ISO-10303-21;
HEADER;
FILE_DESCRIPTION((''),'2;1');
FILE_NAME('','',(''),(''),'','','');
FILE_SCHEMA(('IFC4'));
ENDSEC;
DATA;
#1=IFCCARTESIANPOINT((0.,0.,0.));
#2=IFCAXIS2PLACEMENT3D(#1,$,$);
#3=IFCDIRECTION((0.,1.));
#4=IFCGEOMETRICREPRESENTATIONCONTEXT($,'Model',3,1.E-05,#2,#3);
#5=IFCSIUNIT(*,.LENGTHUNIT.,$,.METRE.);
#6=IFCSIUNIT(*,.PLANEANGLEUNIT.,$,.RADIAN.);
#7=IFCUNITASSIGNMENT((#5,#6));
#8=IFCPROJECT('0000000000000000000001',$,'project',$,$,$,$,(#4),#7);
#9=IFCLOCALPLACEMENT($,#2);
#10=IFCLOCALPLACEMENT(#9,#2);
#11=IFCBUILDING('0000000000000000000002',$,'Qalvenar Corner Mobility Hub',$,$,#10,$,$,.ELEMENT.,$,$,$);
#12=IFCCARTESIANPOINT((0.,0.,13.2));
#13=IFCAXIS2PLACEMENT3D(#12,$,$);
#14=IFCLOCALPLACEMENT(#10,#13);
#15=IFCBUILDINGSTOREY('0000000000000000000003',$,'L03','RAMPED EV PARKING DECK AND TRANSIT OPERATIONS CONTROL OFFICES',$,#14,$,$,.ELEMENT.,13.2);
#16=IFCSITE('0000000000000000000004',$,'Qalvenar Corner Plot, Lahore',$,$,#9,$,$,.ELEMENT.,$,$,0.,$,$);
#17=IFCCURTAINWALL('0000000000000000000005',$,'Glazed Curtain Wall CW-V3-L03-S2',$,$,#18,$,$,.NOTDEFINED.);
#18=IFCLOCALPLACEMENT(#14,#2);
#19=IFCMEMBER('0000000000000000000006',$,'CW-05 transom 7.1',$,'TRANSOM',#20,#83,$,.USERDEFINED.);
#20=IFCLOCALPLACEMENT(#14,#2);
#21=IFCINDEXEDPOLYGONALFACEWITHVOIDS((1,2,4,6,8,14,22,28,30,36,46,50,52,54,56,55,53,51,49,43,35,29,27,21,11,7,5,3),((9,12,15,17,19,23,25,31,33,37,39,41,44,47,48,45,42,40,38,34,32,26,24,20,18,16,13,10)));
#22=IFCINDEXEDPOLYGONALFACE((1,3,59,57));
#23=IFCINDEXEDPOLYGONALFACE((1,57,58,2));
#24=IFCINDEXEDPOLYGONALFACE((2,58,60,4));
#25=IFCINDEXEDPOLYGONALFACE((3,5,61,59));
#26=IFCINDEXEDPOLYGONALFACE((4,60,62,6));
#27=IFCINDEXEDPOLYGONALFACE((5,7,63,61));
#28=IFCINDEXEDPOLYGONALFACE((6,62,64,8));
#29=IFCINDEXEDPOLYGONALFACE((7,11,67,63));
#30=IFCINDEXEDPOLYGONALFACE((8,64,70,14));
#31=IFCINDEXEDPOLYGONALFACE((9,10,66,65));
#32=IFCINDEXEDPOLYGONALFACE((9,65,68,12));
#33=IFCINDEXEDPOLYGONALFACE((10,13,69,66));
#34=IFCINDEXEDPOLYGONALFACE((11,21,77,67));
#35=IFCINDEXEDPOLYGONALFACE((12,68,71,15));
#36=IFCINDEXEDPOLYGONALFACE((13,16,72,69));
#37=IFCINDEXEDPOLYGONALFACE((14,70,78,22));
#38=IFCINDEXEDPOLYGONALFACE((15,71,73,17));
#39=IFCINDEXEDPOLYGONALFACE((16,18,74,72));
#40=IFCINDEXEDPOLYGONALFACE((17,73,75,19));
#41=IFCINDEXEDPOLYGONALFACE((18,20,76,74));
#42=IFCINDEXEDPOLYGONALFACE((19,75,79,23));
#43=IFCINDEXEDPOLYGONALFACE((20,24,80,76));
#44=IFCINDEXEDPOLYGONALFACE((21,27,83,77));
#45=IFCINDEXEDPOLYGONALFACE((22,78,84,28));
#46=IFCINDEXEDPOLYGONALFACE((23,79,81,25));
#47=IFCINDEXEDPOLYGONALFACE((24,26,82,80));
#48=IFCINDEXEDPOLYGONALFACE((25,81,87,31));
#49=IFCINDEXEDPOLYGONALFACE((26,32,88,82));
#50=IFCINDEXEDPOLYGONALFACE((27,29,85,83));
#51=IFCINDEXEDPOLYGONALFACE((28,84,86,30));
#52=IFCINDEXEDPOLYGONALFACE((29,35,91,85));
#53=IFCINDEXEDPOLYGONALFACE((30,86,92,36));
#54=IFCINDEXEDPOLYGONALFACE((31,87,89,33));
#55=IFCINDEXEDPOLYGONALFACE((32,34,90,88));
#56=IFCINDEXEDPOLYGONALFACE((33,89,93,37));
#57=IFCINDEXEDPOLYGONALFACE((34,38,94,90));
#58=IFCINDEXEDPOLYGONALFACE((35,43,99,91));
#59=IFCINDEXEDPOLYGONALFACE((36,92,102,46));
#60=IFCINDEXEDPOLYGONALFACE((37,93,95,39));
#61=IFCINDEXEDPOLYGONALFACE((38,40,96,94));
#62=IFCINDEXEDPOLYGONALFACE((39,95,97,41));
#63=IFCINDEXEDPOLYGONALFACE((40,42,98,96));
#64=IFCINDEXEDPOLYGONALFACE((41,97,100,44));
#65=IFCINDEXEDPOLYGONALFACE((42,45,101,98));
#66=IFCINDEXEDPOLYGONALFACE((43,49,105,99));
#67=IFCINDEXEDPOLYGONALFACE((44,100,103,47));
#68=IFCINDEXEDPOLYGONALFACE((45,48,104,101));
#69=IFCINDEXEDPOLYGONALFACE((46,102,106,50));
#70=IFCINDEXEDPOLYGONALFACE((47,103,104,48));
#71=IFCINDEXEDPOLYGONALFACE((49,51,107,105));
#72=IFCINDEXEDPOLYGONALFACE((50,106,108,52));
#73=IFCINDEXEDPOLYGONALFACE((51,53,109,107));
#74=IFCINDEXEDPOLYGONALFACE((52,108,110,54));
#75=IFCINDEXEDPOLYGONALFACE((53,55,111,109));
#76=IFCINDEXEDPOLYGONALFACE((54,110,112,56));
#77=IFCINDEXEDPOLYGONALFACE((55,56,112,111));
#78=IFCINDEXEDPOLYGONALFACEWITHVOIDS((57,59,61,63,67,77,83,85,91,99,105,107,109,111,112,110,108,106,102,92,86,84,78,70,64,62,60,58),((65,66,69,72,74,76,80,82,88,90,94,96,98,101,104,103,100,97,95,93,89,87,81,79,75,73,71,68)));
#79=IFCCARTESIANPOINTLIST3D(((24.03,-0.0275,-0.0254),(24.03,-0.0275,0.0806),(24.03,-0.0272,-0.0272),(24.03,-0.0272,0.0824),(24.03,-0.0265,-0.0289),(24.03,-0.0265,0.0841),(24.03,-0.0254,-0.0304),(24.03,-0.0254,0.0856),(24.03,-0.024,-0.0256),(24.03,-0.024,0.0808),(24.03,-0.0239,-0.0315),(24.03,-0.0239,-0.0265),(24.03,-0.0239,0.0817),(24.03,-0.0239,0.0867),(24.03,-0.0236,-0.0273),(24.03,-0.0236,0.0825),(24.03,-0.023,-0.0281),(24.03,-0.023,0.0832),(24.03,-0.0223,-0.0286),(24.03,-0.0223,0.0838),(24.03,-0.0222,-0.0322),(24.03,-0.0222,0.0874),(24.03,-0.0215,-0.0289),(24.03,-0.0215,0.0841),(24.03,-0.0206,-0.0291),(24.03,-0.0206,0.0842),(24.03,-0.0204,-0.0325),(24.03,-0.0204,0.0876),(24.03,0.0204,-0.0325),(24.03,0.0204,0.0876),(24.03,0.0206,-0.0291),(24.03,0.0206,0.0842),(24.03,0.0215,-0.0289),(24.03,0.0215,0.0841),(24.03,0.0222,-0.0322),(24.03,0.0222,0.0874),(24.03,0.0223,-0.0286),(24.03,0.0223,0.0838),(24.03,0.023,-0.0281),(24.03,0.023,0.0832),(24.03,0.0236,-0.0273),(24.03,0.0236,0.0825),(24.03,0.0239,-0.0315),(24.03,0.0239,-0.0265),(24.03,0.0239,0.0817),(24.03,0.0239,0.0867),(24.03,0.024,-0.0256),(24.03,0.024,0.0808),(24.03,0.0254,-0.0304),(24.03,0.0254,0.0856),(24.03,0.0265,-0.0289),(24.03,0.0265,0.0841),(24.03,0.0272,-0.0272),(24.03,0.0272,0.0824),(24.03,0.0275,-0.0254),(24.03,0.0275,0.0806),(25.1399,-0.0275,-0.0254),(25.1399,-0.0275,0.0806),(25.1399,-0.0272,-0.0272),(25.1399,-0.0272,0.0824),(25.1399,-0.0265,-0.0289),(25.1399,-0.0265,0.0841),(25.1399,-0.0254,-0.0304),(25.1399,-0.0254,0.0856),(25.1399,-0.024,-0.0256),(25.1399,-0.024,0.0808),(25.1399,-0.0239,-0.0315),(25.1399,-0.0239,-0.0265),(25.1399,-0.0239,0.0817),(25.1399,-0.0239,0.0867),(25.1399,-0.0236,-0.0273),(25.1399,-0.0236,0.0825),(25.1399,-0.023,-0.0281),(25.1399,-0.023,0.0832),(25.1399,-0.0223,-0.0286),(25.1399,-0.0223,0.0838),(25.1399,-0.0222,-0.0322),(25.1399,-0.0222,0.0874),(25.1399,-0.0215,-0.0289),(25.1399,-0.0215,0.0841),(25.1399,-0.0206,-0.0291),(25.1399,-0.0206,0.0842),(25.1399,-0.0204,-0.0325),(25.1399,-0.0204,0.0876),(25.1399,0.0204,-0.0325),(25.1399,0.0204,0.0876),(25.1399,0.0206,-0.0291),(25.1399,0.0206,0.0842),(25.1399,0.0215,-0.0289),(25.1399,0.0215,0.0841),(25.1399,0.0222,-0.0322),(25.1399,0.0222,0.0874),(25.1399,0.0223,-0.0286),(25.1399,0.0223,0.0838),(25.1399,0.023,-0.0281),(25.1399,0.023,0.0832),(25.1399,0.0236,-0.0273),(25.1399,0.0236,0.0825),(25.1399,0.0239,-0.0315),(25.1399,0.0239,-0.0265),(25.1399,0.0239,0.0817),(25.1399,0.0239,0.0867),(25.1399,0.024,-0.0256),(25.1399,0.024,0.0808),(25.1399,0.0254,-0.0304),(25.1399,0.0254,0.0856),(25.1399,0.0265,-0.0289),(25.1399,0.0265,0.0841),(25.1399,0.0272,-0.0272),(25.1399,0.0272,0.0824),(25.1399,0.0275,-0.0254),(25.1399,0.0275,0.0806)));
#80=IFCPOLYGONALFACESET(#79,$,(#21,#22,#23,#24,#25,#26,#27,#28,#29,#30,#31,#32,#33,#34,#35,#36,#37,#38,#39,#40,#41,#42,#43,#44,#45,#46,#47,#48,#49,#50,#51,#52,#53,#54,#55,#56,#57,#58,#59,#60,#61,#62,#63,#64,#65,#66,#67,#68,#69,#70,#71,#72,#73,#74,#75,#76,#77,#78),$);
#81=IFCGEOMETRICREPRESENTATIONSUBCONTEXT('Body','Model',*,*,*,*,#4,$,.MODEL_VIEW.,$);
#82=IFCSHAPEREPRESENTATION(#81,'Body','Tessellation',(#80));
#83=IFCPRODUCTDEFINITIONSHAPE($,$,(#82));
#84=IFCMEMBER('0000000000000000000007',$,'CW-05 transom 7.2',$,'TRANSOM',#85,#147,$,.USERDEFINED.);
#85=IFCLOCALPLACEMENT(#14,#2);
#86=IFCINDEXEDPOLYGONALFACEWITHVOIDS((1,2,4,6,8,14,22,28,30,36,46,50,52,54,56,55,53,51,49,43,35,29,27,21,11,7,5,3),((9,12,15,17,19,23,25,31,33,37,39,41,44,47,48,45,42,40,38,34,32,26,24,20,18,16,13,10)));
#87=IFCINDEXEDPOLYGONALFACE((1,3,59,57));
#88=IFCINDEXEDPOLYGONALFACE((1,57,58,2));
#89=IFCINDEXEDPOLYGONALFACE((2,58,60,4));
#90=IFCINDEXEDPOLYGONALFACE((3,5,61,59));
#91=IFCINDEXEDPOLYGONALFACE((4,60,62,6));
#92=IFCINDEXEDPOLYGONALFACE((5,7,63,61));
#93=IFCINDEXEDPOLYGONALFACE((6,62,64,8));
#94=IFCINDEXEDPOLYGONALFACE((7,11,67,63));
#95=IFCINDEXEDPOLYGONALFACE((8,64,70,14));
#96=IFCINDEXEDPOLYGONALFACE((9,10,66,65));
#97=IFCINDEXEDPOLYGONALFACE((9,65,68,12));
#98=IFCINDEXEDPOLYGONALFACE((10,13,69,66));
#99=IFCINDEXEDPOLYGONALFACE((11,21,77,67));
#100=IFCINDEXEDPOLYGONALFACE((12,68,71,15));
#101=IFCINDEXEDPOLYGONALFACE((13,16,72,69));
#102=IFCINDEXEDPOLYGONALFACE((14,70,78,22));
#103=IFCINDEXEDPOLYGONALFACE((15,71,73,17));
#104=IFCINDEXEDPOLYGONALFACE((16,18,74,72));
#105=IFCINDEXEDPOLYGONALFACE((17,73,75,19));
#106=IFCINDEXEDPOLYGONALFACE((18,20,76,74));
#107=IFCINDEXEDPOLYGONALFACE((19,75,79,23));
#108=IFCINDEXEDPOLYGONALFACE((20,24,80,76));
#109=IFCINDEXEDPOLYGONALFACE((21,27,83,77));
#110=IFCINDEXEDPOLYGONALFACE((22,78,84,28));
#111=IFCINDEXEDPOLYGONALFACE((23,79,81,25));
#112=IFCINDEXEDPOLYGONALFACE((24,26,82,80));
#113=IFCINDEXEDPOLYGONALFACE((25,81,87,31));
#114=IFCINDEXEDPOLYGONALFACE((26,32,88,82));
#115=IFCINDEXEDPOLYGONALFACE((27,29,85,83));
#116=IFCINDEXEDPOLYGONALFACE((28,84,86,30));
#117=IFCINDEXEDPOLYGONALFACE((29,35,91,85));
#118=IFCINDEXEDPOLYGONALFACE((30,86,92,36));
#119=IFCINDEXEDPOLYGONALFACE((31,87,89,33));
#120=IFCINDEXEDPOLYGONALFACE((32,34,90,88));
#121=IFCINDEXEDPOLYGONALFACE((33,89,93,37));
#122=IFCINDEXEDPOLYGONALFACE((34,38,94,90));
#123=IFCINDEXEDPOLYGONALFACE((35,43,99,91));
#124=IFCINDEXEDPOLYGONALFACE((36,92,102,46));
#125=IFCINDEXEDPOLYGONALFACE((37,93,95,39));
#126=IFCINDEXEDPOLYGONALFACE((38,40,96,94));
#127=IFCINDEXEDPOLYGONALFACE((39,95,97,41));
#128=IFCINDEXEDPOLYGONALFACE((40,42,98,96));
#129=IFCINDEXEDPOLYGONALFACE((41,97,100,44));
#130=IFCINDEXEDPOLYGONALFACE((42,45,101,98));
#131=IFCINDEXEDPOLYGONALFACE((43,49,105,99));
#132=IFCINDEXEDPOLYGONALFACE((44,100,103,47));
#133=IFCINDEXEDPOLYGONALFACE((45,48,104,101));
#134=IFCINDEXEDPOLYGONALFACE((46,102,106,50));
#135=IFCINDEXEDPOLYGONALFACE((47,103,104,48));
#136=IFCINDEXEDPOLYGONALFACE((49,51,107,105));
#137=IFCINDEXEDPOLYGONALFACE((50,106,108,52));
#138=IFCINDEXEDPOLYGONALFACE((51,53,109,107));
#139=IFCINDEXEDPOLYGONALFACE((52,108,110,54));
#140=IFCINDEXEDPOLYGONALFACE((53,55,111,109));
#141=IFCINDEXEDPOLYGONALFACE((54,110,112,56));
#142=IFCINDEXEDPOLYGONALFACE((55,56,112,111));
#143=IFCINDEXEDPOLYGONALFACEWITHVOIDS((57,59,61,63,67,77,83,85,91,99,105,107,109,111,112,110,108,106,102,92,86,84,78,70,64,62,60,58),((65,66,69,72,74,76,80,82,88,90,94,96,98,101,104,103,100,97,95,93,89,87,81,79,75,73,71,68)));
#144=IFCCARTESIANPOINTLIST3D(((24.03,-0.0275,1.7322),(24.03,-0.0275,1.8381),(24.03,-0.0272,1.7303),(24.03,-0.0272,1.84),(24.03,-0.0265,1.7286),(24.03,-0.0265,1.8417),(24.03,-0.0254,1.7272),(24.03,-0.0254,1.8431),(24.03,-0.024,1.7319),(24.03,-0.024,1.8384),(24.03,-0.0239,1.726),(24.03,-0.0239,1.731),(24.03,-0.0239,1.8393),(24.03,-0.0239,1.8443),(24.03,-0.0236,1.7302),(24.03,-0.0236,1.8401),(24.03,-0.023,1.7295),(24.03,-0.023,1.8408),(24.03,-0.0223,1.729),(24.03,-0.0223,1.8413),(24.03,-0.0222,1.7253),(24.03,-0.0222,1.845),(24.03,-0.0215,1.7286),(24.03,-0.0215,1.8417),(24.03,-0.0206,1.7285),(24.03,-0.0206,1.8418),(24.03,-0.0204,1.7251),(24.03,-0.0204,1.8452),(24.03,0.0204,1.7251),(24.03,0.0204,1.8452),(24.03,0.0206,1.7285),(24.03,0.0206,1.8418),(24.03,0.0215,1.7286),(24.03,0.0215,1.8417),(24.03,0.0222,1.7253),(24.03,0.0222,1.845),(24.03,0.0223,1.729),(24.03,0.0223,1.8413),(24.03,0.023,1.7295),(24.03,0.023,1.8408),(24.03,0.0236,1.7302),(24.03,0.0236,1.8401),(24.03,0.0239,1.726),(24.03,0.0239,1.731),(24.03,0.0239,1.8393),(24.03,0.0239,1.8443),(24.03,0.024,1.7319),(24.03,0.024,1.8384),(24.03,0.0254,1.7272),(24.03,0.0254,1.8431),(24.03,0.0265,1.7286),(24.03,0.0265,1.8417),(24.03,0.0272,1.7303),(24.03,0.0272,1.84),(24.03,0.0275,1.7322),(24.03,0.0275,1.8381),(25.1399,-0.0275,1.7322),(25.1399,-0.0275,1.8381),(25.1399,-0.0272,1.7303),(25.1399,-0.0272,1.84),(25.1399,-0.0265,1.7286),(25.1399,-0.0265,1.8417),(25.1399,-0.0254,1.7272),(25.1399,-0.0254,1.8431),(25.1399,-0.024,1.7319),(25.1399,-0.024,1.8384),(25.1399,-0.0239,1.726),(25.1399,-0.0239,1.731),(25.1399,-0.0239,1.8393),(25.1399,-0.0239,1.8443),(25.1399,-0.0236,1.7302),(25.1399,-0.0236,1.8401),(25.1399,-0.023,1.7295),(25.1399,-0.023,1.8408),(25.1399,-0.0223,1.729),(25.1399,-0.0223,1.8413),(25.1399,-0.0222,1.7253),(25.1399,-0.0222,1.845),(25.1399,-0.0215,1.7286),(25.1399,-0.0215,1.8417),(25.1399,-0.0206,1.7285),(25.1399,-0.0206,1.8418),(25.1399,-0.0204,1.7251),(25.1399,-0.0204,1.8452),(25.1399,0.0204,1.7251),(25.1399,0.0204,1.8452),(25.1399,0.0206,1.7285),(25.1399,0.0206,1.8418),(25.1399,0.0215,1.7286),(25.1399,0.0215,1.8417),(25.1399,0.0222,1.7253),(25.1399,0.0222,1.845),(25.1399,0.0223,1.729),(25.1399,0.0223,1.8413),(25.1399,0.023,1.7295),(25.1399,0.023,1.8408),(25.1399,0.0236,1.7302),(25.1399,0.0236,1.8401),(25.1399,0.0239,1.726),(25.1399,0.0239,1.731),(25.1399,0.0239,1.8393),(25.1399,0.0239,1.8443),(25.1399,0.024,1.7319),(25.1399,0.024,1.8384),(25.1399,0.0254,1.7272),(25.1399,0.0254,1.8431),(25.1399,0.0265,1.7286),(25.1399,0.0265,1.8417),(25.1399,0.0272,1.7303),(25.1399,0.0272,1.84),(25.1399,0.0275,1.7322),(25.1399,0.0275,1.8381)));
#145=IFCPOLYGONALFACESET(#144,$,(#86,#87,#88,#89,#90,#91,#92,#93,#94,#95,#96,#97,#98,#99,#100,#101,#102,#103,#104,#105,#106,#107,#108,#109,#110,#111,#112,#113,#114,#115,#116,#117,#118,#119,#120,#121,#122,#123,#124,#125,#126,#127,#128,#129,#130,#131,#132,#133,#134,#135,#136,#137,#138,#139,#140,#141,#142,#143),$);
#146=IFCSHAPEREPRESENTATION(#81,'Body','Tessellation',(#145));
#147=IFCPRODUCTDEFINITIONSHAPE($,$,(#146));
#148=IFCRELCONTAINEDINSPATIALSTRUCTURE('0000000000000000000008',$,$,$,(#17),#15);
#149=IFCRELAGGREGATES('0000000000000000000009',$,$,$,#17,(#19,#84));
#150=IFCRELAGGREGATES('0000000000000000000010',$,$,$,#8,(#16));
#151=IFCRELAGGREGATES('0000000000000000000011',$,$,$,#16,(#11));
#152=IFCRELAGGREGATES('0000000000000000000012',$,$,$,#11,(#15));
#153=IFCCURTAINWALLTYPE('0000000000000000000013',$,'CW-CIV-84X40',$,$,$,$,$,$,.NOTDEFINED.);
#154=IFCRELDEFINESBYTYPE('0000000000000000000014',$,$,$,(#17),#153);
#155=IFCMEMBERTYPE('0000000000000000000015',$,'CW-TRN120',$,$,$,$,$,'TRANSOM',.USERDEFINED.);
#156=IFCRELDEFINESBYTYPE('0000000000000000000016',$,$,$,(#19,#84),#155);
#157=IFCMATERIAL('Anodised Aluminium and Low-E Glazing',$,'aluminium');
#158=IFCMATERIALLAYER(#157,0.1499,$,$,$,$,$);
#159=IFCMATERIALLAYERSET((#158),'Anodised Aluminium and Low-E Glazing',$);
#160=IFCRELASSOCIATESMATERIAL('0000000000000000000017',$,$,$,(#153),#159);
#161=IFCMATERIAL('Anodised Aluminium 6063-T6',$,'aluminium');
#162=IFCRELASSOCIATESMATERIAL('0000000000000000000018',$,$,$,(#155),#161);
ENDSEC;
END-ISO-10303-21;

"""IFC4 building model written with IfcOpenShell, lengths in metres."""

from ifc_helpers import new_model, si_unit, direction, frame, origin, origin_2d, place, context, subcontext, project, spatial, hollow_rectangle, extrude, material, layer, layer_set, material_profile, profile_set, type_object, element, aggregate, save


model = new_model("IFC4")

# Units and contexts
model_context = context("Model", 3, precision=1e-05, world=origin(), true_north=direction((0.0, 1.0)))
body_context = subcontext(model_context, "Body", "Model", "MODEL_VIEW")
ifc_project = project(units=[si_unit("LENGTHUNIT", "METRE"), si_unit("PLANEANGLEUNIT", "RADIAN")], contexts=[model_context])

# Site, building, storey
site_placement = place(None, origin())
site = spatial("IfcSite", under=ifc_project, at=site_placement, Name="Qalvenar Corner Plot, Lahore", CompositionType="ELEMENT", RefElevation=0.0)
building_placement = place(site_placement, origin())
building = spatial("IfcBuilding", under=site, at=building_placement, Name="Qalvenar Corner Mobility Hub", CompositionType="ELEMENT")
storey_placement = place(building_placement, frame((0.0, 0.0, 13.2)))
storey = spatial("IfcBuildingStorey", under=building, at=storey_placement, Name="L03", Description="RAMPED EV PARKING DECK AND TRANSIT OPERATIONS CONTROL OFFICES", CompositionType="ELEMENT", Elevation=13.2)

# Curtain wall
ifc_material_1 = material(Name="Anodised Aluminium and Low-E Glazing", Category="aluminium")
ifc_layer_1 = layer(ifc_material_1, 0.1499)
ifc_layer_set_1 = layer_set([ifc_layer_1], Name="Anodised Aluminium and Low-E Glazing")
curtain_wall_type = type_object("IfcCurtainWallType", Name="CW-CIV-84X40", PredefinedType="NOTDEFINED", material=ifc_layer_set_1)
curtain_wall_1_placement = place(storey_placement, origin())
curtain_wall_1 = element("IfcCurtainWall", 1, at=curtain_wall_1_placement, inside=storey, type_object=curtain_wall_type, Name="Glazed Curtain Wall CW-V3-L03-S2", PredefinedType="NOTDEFINED")
ifc_material_2 = material(Name="Anodised Aluminium 6063-T6", Category="aluminium")

# Members
ifc_material_profile_1 = material_profile(ifc_material_2, hollow_rectangle(XDim=0.0549, YDim=0.1201, WallThickness=0.0034, InnerFilletRadius=0.0034, OuterFilletRadius=0.0071, at=origin_2d()), Name="RHS120x55x3.5")
ifc_profile_set_1 = profile_set([ifc_material_profile_1], Name="Anodised Aluminium 6063-T6")
member_type_1 = type_object("IfcMemberType", Name="CW-TRN120", ElementType="TRANSOM", PredefinedType="USERDEFINED", material=ifc_profile_set_1)
member_1_placement = place(storey_placement, frame((24.03, 0.0, 0.0276), z_axis=(1.0, 0.0, 0.0), x_axis=(0.0, 1.0, 0.0)))
member_1 = element("IfcMember", 2, at=member_1_placement, type_object=member_type_1, Name="CW-05 transom 7.1", ObjectType="TRANSOM", PredefinedType="USERDEFINED", context=body_context, shape_type="SweptSolid", body=[
    extrude(hollow_rectangle(XDim=0.0549, YDim=0.1201, WallThickness=0.0034, InnerFilletRadius=0.0034, OuterFilletRadius=0.0071, at=origin_2d()), origin(), (0.0, 0.0, 1.0), 1.1099),
])
member_2_placement = place(storey_placement, frame((24.03, 0.0, 1.7852), z_axis=(1.0, 0.0, 0.0), x_axis=(0.0, 1.0, 0.0)))
member_2 = element("IfcMember", 3, at=member_2_placement, type_object=member_type_1, Name="CW-05 transom 7.2", ObjectType="TRANSOM", PredefinedType="USERDEFINED", context=body_context, shape_type="SweptSolid", body=[
    extrude(hollow_rectangle(XDim=0.0549, YDim=0.1201, WallThickness=0.0034, InnerFilletRadius=0.0034, OuterFilletRadius=0.0071, at=origin_2d()), origin(), (0.0, 0.0, 1.0), 1.1099),
])

aggregate(curtain_wall_1, [member_1, member_2])

save(model, "model.ifc")
